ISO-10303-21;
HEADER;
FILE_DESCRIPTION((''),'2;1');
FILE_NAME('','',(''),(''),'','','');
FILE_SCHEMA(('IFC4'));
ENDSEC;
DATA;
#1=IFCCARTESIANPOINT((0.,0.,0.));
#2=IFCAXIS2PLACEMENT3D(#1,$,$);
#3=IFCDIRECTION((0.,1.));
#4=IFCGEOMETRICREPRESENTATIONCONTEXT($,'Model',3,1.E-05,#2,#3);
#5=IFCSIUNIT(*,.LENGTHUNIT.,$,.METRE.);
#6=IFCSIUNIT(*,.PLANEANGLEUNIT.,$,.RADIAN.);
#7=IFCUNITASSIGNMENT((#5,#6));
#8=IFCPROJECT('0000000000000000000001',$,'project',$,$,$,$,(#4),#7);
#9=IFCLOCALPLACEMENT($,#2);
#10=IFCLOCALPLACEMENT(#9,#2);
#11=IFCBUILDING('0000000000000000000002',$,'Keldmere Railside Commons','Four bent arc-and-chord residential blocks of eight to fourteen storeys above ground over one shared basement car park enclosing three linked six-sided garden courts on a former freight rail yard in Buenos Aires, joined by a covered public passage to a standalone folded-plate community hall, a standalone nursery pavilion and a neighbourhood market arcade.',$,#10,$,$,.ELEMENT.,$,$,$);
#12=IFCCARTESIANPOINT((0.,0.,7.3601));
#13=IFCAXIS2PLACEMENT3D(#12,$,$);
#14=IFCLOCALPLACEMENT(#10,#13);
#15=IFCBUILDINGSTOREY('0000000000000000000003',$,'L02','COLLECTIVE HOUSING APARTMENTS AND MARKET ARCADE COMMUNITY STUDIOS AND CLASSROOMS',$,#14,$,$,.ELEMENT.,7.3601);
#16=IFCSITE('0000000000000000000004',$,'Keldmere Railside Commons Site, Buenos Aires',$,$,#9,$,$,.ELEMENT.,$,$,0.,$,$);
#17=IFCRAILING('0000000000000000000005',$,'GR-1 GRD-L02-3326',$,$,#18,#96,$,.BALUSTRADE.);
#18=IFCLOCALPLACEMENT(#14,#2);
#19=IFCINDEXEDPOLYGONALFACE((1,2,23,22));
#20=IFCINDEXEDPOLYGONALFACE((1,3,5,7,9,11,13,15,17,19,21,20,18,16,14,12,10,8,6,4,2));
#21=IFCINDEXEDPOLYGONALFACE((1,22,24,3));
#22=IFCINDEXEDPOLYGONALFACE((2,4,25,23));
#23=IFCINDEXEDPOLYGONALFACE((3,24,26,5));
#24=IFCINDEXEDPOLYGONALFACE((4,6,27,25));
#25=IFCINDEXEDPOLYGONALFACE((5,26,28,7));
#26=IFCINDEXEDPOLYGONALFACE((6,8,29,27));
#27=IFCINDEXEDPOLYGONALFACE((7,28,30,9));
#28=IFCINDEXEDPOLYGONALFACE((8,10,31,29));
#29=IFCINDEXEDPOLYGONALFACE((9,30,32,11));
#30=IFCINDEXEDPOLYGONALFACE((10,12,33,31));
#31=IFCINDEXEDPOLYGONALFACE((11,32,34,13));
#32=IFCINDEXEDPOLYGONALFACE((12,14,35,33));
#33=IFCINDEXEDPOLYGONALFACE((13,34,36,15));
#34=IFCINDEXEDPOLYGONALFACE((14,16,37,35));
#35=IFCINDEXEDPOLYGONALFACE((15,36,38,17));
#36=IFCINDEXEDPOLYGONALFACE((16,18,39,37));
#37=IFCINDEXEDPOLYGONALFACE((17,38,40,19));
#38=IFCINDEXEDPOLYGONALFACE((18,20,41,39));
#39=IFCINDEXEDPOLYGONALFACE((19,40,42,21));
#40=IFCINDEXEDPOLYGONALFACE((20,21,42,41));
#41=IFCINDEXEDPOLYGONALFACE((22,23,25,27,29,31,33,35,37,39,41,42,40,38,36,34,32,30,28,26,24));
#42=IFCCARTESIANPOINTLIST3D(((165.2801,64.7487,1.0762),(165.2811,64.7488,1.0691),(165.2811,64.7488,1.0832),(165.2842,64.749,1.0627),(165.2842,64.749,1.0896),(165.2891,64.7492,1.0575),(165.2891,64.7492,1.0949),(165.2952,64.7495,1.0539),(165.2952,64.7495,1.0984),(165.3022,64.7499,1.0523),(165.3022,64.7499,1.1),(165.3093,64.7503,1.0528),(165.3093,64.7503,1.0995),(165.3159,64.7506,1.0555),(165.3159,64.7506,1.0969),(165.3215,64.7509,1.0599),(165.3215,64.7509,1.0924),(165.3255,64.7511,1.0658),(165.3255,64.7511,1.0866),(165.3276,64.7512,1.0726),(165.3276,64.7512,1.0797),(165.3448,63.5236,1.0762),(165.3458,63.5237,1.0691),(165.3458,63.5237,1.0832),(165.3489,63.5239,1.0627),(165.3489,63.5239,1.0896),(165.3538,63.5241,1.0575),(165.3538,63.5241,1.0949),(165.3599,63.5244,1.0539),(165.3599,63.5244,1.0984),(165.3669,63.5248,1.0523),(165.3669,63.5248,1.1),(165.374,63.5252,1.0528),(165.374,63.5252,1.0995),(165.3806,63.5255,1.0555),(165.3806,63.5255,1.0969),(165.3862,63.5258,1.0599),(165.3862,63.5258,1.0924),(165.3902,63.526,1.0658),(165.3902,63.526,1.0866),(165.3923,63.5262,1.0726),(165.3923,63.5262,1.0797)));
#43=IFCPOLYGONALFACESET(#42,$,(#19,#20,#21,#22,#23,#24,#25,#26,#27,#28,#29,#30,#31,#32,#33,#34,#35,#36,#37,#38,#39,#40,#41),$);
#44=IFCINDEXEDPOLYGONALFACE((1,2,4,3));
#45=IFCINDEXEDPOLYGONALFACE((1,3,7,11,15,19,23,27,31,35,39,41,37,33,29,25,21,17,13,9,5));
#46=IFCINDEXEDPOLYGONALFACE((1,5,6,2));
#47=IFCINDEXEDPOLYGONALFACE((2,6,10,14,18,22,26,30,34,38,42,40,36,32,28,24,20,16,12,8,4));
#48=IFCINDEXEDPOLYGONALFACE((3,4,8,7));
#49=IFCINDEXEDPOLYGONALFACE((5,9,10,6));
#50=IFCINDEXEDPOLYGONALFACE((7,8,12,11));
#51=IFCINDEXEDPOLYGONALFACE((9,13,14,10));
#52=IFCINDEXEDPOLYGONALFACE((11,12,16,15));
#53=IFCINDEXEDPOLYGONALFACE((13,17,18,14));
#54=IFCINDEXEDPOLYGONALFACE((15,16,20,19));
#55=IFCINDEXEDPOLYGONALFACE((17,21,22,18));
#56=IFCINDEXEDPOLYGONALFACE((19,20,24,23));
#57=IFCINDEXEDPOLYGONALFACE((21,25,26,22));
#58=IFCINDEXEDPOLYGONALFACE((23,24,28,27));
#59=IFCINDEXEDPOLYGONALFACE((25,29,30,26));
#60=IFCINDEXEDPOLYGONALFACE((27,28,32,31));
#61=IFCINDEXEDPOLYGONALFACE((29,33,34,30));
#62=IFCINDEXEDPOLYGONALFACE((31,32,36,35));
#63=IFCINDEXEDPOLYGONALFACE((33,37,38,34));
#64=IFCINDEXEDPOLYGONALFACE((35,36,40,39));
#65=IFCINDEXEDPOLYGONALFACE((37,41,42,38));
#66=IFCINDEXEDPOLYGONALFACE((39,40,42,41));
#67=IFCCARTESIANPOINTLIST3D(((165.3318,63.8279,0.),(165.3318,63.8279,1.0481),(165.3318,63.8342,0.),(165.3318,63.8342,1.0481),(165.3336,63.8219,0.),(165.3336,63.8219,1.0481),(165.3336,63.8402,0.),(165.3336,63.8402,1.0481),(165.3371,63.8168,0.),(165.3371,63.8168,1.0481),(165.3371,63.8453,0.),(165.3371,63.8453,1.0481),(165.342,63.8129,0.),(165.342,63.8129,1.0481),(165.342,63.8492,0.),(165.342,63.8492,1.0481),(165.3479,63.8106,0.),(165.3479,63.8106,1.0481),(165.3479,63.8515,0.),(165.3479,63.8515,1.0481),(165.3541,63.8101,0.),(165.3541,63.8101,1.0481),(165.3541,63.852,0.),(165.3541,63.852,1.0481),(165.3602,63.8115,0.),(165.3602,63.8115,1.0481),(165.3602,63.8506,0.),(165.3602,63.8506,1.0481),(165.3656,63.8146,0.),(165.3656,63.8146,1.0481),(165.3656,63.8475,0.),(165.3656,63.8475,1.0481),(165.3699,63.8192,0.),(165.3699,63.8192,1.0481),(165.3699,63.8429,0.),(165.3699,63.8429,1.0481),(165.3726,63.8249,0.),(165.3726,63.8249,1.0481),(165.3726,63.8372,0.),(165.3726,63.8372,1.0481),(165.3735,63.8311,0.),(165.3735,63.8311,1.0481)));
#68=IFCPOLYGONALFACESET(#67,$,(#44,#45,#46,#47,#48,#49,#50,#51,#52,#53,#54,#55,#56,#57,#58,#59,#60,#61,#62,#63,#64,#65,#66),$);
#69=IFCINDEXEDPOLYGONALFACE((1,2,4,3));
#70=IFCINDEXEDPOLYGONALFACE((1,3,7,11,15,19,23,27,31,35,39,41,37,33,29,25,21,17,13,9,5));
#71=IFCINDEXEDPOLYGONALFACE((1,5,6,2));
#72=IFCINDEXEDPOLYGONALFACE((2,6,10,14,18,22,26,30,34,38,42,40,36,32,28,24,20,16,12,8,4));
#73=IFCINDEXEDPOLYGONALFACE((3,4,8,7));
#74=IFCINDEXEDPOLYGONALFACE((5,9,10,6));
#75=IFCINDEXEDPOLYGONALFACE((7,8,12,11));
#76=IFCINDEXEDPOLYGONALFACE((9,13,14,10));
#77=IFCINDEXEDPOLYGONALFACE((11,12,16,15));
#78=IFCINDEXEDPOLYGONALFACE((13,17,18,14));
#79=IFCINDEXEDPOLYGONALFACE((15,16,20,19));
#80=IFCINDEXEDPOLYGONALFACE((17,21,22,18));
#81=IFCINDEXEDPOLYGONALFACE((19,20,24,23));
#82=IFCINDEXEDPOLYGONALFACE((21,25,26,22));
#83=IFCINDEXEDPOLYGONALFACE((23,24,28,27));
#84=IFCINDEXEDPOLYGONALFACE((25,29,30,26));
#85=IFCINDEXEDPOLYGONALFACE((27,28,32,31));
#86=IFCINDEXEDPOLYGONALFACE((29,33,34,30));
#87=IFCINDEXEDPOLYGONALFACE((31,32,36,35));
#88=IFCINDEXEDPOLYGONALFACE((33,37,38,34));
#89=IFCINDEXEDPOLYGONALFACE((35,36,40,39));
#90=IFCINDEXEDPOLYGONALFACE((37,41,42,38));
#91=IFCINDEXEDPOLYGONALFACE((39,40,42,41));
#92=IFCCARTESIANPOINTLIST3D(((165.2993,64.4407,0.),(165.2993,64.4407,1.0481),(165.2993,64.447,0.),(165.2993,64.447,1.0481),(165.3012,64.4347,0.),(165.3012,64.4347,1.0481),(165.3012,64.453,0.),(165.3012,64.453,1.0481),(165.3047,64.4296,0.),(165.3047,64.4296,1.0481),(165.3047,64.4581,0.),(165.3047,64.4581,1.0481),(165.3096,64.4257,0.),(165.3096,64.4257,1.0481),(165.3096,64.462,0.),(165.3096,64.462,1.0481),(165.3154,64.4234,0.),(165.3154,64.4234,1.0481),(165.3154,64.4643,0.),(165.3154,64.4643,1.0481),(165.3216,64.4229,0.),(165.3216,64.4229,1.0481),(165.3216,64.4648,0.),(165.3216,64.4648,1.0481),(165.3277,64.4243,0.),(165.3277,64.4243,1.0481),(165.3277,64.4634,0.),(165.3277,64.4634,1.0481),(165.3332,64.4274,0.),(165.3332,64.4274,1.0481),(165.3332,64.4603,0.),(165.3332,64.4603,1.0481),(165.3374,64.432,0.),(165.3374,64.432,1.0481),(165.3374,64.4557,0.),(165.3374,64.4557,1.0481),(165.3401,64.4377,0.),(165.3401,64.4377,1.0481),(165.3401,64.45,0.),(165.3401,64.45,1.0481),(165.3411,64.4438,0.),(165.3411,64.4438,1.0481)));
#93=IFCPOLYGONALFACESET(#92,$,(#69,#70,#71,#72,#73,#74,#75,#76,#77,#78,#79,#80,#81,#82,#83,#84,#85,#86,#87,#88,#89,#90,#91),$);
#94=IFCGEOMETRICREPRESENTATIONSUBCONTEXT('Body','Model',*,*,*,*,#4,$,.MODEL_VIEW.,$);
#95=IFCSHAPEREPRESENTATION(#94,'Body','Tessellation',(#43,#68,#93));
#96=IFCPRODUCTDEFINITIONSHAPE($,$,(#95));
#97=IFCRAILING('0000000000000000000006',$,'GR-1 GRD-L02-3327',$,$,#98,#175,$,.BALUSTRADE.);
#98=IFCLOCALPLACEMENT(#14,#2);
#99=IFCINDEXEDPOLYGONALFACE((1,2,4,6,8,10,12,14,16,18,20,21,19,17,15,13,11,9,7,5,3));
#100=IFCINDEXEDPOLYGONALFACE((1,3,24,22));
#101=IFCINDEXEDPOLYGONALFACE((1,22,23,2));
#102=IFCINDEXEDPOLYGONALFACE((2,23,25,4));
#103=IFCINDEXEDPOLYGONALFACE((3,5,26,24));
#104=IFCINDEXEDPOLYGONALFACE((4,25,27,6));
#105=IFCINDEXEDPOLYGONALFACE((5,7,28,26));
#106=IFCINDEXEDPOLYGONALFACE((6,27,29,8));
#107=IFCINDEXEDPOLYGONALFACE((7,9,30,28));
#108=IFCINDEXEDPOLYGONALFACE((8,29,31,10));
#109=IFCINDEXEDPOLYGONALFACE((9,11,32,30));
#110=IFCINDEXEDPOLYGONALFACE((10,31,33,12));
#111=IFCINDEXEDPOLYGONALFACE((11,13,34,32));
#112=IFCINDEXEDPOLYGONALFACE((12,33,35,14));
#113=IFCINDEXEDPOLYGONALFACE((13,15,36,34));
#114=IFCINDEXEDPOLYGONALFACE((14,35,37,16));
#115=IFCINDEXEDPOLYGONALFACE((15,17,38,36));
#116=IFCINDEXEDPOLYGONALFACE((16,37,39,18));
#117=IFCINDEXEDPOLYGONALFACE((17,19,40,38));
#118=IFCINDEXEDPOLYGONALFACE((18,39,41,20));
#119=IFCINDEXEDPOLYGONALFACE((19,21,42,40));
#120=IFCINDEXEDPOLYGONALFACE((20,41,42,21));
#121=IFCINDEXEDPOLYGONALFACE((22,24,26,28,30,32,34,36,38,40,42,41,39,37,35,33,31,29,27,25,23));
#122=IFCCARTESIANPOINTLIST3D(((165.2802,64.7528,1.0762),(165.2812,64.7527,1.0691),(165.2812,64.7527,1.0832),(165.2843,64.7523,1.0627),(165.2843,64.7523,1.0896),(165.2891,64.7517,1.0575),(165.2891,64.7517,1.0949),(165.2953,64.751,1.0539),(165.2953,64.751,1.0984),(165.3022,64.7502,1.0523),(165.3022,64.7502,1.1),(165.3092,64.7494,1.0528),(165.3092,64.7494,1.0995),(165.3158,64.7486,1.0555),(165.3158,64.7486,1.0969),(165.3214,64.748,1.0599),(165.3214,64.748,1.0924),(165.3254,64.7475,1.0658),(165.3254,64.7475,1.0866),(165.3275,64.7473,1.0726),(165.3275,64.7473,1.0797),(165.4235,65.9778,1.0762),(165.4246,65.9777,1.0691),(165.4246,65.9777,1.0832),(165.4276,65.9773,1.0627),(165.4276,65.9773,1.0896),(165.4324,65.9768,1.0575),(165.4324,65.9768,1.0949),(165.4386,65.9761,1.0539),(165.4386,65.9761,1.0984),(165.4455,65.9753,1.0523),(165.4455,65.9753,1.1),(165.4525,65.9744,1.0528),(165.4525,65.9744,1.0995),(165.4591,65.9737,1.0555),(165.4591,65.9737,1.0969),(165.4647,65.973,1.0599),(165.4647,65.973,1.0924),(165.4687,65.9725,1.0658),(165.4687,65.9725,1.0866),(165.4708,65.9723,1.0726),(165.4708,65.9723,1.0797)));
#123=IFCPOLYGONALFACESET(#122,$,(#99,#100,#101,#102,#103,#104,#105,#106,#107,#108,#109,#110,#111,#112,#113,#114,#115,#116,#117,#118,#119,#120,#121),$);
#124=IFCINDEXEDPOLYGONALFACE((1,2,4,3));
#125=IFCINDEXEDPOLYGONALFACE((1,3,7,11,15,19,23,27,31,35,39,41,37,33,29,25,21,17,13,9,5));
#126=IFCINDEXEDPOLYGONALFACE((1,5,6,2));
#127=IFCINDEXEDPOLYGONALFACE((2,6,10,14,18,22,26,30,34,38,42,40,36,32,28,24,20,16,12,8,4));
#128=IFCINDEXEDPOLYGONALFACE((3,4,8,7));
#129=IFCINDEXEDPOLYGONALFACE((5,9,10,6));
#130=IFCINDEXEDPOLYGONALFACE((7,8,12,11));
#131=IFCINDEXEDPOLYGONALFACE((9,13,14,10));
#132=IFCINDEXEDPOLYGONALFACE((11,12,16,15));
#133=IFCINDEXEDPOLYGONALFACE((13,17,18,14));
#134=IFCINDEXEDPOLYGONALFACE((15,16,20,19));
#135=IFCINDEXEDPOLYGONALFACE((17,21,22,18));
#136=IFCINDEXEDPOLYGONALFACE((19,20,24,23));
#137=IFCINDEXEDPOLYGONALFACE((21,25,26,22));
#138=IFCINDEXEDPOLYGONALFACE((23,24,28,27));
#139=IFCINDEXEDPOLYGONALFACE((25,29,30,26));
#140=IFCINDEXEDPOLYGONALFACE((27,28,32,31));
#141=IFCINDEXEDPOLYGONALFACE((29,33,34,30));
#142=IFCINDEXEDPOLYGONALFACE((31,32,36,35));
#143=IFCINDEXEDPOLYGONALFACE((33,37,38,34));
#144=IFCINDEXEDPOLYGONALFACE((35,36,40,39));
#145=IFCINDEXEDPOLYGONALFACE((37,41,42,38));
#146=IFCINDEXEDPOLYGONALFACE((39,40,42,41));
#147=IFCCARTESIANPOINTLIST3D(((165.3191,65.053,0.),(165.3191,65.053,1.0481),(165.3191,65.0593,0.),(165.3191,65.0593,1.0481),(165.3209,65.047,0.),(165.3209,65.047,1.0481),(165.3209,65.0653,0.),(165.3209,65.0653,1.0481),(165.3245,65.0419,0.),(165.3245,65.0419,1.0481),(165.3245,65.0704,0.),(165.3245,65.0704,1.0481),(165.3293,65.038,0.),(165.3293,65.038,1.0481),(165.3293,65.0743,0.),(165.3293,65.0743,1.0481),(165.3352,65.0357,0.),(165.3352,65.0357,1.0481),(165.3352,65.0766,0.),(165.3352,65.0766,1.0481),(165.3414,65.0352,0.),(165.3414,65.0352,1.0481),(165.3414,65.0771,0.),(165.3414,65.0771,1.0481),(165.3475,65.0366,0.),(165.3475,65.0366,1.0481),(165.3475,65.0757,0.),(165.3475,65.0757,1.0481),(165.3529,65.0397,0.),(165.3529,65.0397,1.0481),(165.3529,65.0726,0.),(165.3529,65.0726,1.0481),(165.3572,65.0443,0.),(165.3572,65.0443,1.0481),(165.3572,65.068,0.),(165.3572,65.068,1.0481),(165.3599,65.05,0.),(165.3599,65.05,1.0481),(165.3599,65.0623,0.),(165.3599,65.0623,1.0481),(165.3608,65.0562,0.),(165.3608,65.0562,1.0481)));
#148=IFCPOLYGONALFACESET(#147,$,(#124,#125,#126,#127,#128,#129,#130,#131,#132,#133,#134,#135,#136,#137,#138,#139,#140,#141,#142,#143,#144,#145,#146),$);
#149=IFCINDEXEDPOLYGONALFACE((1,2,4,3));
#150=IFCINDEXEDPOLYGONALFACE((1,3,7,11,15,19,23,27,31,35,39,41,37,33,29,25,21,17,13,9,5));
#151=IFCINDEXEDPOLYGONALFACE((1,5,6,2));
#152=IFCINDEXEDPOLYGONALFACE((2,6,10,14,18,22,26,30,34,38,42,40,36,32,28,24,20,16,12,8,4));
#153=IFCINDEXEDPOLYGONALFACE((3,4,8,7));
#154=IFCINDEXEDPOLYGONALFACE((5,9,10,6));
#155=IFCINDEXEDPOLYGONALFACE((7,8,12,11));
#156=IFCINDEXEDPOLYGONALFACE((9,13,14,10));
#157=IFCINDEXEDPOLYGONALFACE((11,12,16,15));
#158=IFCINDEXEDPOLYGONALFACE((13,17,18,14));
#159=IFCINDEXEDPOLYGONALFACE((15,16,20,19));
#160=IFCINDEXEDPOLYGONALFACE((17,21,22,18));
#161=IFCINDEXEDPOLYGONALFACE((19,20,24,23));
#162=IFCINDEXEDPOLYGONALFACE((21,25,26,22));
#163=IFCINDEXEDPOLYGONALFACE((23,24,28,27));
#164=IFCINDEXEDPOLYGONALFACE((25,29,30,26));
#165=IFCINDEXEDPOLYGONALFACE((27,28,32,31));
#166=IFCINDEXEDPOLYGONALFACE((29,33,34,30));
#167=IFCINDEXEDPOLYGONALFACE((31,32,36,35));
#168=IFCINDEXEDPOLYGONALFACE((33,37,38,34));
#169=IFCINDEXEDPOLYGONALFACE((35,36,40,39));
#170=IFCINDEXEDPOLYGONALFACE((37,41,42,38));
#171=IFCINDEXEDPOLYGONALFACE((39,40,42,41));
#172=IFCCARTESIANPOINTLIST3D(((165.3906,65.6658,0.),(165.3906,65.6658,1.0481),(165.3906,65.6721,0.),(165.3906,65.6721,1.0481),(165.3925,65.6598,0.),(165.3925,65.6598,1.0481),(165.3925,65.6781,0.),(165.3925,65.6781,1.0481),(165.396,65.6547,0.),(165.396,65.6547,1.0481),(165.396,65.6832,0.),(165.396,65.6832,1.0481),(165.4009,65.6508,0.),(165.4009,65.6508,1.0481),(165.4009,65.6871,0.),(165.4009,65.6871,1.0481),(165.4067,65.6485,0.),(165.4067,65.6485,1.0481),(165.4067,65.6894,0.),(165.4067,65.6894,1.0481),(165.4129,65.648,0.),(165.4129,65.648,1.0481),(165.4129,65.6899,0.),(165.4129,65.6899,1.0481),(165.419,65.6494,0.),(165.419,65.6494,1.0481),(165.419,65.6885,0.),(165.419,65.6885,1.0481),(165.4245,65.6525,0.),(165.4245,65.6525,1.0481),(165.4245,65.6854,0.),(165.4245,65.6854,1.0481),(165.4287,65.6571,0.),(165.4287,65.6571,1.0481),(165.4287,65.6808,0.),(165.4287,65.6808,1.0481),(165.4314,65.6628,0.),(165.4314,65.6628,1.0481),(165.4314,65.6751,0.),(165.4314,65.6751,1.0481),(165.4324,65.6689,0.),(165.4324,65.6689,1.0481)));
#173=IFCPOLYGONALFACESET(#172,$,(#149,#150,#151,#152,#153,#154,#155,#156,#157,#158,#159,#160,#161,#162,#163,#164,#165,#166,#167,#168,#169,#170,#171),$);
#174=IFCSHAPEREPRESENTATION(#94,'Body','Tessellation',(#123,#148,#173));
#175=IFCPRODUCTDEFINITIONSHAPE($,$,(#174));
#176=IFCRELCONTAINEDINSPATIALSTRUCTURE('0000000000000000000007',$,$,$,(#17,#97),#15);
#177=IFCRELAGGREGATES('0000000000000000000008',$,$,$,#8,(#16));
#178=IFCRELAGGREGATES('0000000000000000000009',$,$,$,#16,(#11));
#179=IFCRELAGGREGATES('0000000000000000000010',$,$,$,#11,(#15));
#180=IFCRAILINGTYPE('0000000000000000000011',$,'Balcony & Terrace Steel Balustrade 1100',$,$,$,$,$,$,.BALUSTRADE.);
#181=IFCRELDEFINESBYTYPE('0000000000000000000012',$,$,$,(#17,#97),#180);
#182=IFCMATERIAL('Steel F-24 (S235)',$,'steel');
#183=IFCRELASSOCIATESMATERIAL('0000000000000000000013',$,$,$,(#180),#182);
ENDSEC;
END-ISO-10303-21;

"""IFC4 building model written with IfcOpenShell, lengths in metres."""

from ifc_helpers import new_model, si_unit, direction, frame, origin, origin_2d, place, context, subcontext, project, spatial, circle, extrude, material, type_object, element, save


model = new_model("IFC4")

# Units and contexts
model_context = context("Model", 3, precision=1e-05, world=origin(), true_north=direction((0.0, 1.0)))
body_context = subcontext(model_context, "Body", "Model", "MODEL_VIEW")
ifc_project = project(units=[si_unit("LENGTHUNIT", "METRE"), si_unit("PLANEANGLEUNIT", "RADIAN")], contexts=[model_context])

# Site, building, storey
site_placement = place(None, origin())
site = spatial("IfcSite", under=ifc_project, at=site_placement, Name="Keldmere Railside Commons Site, Buenos Aires", CompositionType="ELEMENT", RefElevation=0.0)
building_placement = place(site_placement, origin())
building = spatial("IfcBuilding", under=site, at=building_placement, Name="Keldmere Railside Commons", Description="Four bent arc-and-chord residential blocks of eight to fourteen storeys above ground over one shared basement car park enclosing three linked six-sided garden courts on a former freight rail yard in Buenos Aires, joined by a covered public passage to a standalone folded-plate community hall, a standalone nursery pavilion and a neighbourhood market arcade.", CompositionType="ELEMENT")
storey_placement = place(building_placement, frame((0.0, 0.0, 7.3601)))
storey = spatial("IfcBuildingStorey", under=building, at=storey_placement, Name="L02", Description="COLLECTIVE HOUSING APARTMENTS AND MARKET ARCADE COMMUNITY STUDIOS AND CLASSROOMS", CompositionType="ELEMENT", Elevation=7.3601)

# Railings
ifc_material_1 = material(Name="Steel F-24 (S235)", Category="steel")
railing_type = type_object("IfcRailingType", Name="Balcony & Terrace Steel Balustrade 1100", PredefinedType="BALUSTRADE", material=ifc_material_1)
railing_1_placement = place(storey_placement, frame((165.3687, 63.5249, 0.0)))
element("IfcRailing", 1, at=railing_1_placement, inside=storey, type_object=railing_type, Name="GR-1 GRD-L02-3326", PredefinedType="BALUSTRADE", context=body_context, shape_type="SweptSolid", body=[
    extrude(circle(Radius=0.0239, at=origin_2d()), frame((0.0, 0.0, 1.0762), z_axis=(-0.052736, 0.998608, 0.0), x_axis=(-0.998608, -0.052736, 0.0)), (0.0, 0.0, 1.0), 1.2268),
    extrude(circle(Radius=0.021, at=origin_2d()), frame((-0.0161, 0.3062, 0.0)), (0.0, 0.0, 1.0), 1.0481),
    extrude(circle(Radius=0.021, at=origin_2d()), frame((-0.0486, 0.9189, 0.0)), (0.0, 0.0, 1.0), 1.0481),
])
railing_2_placement = place(storey_placement, frame((165.304, 64.75, 0.0)))
element("IfcRailing", 2, at=railing_2_placement, inside=storey, type_object=railing_type, Name="GR-1 GRD-L02-3327", PredefinedType="BALUSTRADE", context=body_context, shape_type="SweptSolid", body=[
    extrude(circle(Radius=0.0239, at=origin_2d()), frame((0.0, 0.0, 1.0762), z_axis=(0.116187, 0.993227, 0.0), x_axis=(-0.993227, 0.116187, 0.0)), (0.0, 0.0, 1.0), 1.2334),
    extrude(circle(Radius=0.021, at=origin_2d()), frame((0.0359, 0.3062, 0.0)), (0.0, 0.0, 1.0), 1.0481),
    extrude(circle(Radius=0.021, at=origin_2d()), frame((0.1074, 0.9189, 0.0)), (0.0, 0.0, 1.0), 1.0481),
])

save(model, "model.ifc")
